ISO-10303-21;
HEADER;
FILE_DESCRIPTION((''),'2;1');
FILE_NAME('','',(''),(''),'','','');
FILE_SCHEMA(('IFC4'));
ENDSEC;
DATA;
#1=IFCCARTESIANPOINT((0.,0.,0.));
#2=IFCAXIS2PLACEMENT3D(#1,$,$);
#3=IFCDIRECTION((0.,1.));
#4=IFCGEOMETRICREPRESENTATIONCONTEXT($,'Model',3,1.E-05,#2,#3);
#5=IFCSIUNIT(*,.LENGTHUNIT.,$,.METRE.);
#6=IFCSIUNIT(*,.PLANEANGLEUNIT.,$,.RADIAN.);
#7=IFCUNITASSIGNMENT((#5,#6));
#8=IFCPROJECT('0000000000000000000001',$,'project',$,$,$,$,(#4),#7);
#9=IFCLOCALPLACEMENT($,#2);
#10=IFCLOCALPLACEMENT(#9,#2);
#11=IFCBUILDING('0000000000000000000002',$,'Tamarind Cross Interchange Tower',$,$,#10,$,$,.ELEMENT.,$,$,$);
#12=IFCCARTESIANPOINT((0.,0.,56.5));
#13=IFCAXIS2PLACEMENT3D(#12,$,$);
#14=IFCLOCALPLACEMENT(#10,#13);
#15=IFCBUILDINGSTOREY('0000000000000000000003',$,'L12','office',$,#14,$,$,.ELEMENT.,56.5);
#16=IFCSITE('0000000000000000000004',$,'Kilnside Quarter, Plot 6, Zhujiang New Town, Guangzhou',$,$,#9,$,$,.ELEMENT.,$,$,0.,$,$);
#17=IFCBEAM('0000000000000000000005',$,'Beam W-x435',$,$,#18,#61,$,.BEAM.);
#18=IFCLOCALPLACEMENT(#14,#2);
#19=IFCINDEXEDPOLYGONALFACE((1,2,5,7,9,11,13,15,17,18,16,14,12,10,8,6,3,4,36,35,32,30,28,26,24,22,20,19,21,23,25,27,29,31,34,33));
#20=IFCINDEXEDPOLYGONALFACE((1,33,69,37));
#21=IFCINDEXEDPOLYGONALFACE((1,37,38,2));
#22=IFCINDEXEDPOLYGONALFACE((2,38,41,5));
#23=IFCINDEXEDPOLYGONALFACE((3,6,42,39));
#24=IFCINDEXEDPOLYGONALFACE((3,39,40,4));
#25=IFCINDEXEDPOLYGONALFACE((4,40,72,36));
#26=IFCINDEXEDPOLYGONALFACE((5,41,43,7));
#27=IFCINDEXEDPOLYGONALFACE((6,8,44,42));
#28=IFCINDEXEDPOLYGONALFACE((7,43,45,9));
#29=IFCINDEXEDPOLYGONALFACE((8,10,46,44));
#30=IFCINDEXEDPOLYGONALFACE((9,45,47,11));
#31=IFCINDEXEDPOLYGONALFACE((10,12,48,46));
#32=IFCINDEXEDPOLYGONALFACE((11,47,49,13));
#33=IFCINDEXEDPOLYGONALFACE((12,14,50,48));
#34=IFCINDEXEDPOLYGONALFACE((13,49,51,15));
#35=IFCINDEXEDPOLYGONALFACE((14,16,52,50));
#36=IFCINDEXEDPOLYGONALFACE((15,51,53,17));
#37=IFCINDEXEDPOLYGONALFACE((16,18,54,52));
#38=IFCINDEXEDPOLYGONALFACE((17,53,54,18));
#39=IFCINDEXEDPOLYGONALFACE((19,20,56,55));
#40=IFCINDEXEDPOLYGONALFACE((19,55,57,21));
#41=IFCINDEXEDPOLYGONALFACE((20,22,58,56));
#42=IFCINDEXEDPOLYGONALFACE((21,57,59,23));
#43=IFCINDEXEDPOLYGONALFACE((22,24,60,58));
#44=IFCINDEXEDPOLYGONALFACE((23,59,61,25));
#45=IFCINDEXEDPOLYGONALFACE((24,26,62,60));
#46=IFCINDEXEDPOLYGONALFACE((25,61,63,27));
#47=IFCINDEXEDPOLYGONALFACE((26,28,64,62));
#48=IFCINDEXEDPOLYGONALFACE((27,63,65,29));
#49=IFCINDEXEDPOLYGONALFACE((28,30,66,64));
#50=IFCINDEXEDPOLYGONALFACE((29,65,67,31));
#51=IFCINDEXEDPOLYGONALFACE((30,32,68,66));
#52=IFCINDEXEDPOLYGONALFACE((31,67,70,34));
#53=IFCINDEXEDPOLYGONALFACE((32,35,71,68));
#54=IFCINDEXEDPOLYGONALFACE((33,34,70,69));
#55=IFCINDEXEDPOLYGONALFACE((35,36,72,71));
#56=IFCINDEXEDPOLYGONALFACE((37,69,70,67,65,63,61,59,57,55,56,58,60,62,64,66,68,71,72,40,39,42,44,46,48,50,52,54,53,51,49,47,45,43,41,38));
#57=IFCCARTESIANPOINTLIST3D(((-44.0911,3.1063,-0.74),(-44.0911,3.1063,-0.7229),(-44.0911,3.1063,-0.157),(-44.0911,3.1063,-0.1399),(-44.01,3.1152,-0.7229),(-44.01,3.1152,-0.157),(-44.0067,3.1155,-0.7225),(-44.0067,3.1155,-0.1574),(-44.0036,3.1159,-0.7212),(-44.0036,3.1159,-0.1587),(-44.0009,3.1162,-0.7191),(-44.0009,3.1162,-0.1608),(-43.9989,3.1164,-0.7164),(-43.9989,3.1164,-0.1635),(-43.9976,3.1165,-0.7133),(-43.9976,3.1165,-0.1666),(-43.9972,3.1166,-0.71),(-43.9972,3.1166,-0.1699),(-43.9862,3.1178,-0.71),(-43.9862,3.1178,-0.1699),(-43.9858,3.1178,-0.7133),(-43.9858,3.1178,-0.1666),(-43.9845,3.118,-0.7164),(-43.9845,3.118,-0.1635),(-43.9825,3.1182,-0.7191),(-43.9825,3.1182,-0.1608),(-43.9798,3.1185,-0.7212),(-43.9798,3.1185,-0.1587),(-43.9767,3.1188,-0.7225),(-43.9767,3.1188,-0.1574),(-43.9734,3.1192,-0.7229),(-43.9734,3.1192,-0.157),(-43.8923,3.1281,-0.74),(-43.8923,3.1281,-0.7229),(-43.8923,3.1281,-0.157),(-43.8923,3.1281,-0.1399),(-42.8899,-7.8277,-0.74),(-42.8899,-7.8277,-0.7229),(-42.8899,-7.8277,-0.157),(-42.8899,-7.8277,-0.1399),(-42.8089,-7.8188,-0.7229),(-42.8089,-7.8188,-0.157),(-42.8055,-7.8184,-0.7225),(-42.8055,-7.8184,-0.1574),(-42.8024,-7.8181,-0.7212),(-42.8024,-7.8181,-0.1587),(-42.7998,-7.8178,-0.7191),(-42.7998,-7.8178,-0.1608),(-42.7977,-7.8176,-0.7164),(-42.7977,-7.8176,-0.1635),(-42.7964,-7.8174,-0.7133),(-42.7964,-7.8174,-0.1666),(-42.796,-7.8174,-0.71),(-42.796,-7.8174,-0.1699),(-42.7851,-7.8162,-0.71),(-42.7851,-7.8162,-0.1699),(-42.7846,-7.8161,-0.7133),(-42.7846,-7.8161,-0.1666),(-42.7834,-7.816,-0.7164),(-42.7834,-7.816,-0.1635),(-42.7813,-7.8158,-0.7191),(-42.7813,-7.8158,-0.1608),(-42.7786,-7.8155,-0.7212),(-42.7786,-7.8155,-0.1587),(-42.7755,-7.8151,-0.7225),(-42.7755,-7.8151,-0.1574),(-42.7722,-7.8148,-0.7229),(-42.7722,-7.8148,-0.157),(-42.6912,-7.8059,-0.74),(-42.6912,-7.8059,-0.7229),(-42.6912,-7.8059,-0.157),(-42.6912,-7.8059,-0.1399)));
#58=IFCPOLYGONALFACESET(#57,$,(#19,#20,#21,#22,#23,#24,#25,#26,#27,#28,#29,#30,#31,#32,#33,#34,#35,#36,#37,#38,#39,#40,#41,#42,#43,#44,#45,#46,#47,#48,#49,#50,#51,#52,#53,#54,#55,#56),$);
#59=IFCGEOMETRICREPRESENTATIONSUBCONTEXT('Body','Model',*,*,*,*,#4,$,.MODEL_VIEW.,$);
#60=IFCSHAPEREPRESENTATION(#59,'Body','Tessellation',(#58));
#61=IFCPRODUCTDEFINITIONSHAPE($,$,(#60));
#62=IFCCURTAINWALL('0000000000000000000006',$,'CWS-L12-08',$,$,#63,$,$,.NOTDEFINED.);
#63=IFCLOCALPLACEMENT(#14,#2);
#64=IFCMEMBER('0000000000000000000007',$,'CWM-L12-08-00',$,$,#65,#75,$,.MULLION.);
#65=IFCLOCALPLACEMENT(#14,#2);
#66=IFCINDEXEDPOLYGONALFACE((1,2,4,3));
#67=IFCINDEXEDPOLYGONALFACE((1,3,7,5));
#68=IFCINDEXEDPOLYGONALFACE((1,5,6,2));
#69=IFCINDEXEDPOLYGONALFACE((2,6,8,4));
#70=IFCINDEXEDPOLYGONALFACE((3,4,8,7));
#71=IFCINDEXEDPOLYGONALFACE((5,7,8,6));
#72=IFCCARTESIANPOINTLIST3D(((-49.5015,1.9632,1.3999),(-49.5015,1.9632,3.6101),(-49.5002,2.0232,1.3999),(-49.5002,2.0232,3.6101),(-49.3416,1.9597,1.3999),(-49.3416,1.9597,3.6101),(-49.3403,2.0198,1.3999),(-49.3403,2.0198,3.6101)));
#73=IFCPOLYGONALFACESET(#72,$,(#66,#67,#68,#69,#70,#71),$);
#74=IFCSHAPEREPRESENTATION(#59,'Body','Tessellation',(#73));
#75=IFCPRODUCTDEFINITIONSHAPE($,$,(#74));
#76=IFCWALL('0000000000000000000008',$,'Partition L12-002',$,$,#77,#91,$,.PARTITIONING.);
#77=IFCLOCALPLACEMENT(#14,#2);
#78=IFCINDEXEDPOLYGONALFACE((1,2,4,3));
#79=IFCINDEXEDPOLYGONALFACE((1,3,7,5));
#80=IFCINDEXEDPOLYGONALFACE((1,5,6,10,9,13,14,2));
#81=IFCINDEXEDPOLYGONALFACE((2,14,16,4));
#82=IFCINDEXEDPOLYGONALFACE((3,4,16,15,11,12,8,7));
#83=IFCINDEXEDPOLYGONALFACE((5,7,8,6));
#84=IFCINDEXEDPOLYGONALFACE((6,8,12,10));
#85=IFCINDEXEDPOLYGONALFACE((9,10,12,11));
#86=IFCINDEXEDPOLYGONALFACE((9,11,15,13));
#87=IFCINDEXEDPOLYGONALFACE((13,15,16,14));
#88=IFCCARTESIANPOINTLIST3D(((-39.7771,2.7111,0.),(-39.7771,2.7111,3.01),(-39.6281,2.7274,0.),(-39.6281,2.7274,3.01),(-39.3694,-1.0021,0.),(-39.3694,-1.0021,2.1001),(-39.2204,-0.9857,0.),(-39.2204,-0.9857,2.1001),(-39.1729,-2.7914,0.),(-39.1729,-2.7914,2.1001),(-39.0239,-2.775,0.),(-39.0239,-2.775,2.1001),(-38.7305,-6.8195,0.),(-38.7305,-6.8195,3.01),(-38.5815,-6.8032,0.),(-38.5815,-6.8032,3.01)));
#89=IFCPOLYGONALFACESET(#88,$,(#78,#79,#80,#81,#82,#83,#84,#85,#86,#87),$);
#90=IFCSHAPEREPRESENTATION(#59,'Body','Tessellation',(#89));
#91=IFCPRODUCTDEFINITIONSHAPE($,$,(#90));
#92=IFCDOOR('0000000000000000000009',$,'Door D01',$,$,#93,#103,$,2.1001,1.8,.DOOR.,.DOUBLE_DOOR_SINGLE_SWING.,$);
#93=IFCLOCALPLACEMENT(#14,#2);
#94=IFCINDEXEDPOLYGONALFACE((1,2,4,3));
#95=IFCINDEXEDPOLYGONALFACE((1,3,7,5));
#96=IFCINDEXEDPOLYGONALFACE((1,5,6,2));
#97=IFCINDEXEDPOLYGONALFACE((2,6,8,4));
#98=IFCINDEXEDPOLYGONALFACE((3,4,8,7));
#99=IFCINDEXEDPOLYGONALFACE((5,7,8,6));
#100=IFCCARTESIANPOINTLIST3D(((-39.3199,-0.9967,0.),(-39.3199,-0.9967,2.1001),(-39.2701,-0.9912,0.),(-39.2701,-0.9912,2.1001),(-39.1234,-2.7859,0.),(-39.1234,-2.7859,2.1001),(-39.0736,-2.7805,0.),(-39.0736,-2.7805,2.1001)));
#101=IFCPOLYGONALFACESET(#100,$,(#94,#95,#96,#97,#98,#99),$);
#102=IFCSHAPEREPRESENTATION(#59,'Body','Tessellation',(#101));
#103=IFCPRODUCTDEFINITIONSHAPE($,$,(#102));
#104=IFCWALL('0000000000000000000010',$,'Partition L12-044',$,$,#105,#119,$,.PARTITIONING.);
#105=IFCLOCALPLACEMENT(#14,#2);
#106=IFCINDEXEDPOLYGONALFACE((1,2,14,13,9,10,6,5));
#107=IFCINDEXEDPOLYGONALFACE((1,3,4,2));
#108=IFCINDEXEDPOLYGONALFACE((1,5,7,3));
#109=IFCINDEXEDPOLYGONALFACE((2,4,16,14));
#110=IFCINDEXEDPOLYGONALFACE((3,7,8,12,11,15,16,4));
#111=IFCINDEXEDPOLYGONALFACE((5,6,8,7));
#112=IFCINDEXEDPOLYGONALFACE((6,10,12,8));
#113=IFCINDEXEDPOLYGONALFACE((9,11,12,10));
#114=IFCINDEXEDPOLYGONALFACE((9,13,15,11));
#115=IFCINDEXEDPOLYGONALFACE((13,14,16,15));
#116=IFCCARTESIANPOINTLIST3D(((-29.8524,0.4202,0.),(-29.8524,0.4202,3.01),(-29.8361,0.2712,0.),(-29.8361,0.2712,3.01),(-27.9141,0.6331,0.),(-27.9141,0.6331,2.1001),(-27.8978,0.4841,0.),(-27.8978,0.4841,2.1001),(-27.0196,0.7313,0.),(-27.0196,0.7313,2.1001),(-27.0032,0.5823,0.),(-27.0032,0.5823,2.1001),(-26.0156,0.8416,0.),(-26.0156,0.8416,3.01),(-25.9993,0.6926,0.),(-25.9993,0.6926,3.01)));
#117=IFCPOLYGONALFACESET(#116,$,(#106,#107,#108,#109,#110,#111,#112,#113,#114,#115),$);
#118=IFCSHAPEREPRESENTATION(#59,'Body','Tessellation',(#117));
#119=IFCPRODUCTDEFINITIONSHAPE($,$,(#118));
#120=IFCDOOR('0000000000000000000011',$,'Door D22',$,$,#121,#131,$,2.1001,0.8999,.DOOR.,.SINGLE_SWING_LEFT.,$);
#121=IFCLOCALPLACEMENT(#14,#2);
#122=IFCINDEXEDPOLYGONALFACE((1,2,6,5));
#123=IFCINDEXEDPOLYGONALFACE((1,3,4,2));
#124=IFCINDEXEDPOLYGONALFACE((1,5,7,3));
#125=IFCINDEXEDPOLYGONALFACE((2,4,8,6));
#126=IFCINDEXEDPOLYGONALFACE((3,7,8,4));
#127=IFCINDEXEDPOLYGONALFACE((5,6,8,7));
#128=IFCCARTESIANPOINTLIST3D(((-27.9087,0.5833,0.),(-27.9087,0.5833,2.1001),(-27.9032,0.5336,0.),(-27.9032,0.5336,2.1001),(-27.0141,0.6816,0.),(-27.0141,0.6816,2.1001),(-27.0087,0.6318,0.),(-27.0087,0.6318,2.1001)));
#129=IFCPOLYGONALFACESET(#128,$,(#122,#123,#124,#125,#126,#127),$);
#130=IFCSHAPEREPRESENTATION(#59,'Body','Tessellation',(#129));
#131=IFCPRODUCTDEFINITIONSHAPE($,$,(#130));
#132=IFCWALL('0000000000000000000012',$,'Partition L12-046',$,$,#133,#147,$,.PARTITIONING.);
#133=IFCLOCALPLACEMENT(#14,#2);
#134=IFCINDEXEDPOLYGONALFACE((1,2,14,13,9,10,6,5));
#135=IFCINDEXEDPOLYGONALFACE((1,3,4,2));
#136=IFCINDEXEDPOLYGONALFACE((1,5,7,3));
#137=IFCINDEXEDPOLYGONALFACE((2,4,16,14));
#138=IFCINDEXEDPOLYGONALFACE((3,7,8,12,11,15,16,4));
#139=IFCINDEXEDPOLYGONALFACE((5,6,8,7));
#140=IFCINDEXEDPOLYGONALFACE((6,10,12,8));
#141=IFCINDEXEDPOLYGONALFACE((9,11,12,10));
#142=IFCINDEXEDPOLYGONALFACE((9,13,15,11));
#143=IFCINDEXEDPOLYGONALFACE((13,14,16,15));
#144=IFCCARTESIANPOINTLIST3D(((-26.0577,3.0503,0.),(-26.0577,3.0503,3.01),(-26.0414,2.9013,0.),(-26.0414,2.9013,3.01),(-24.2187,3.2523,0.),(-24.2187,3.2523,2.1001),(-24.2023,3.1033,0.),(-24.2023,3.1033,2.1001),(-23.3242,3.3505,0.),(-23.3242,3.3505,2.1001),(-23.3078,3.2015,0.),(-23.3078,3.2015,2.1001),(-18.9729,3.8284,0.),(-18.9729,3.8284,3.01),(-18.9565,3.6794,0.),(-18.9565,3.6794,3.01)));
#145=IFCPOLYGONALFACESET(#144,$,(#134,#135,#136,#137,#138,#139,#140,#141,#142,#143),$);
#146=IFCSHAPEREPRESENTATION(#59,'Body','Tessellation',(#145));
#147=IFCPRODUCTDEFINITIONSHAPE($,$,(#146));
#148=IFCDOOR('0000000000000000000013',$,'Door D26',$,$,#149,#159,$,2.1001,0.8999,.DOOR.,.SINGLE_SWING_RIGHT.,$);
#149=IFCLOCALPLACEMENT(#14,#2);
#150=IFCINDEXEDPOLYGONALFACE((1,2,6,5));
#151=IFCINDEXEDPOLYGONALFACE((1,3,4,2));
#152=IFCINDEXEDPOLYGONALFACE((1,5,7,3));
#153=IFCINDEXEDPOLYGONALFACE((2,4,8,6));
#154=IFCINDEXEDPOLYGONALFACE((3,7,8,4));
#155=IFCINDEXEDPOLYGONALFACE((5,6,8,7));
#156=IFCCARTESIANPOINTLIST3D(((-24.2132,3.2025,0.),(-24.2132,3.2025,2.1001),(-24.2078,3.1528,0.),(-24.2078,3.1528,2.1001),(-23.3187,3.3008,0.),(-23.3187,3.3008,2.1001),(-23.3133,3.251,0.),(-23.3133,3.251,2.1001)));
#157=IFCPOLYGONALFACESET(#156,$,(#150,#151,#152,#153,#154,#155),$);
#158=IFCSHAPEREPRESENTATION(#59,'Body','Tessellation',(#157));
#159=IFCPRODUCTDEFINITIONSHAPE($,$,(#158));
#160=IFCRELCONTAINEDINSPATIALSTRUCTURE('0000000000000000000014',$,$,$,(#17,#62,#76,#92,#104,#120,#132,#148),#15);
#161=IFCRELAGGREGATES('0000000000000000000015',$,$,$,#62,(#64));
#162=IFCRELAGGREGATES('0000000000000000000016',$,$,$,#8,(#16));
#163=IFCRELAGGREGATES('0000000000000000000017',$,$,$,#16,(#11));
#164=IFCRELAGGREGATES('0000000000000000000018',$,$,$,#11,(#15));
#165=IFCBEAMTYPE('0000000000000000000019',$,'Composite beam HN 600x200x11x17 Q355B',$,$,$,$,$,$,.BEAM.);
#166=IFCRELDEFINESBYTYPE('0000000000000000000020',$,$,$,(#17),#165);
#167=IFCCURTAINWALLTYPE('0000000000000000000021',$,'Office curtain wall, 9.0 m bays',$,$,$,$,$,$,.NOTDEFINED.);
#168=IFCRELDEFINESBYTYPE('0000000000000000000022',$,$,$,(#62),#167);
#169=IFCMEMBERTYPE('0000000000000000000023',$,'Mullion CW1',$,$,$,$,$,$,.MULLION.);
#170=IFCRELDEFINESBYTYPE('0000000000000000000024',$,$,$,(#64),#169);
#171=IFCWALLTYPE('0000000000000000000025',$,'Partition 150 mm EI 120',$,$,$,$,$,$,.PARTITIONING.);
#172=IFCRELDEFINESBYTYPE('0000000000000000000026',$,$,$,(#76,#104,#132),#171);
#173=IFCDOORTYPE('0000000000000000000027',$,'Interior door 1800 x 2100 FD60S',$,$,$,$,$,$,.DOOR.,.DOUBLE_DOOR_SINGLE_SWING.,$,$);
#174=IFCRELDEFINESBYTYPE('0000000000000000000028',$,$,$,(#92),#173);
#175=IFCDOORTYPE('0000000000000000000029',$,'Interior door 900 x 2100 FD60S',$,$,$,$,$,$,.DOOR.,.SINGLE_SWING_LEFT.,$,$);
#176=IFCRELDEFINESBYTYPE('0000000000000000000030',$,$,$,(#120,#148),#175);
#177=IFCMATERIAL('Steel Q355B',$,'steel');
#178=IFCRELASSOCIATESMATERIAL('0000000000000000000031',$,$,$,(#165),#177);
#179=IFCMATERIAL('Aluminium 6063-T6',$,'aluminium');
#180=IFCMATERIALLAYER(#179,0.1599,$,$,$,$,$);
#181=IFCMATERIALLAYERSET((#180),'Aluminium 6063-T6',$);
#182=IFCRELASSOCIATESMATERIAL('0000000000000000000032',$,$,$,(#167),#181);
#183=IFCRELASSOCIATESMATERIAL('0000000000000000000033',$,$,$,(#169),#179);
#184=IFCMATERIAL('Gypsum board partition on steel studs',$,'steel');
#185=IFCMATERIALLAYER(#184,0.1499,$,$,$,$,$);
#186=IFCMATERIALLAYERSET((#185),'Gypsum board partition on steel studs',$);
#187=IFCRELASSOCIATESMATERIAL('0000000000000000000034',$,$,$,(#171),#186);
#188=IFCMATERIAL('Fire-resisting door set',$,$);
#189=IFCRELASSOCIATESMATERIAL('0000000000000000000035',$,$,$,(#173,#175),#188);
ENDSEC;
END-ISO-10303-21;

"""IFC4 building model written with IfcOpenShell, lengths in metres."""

from ifc_helpers import new_model, si_unit, direction, frame, frame_2d, origin, origin_2d, place, context, subcontext, project, spatial, rectangle, i_section, extrude, material, layer, layer_set, material_profile, profile_set, type_object, element, fill, aggregate, save


model = new_model("IFC4")

# Units and contexts
model_context = context("Model", 3, precision=1e-05, world=origin(), true_north=direction((0.0, 1.0)))
body_context = subcontext(model_context, "Body", "Model", "MODEL_VIEW")
ifc_project = project(units=[si_unit("LENGTHUNIT", "METRE"), si_unit("PLANEANGLEUNIT", "RADIAN")], contexts=[model_context])

# Site, building, storey
site_placement = place(None, origin())
site = spatial("IfcSite", under=ifc_project, at=site_placement, Name="Kilnside Quarter, Plot 6, Zhujiang New Town, Guangzhou", CompositionType="ELEMENT", RefElevation=0.0)
building_placement = place(site_placement, origin())
building = spatial("IfcBuilding", under=site, at=building_placement, Name="Tamarind Cross Interchange Tower", CompositionType="ELEMENT")
storey_placement = place(building_placement, frame((0.0, 0.0, 56.5)))
storey = spatial("IfcBuildingStorey", under=building, at=storey_placement, Name="L12", Description="office", CompositionType="ELEMENT", Elevation=56.5)

# Beam
ifc_material_1 = material(Name="Steel Q355B", Category="steel")
ifc_material_profile_1 = material_profile(ifc_material_1, i_section(OverallWidth=0.2, OverallDepth=0.6001, WebThickness=0.011, FlangeThickness=0.0171, FilletRadius=0.0129, at=origin_2d()), Name="HN 600x200x11x17")
ifc_profile_set_1 = profile_set([ifc_material_profile_1], Name="Steel Q355B")
beam_type_1 = type_object("IfcBeamType", Name="Composite beam HN 600x200x11x17 Q355B", PredefinedType="BEAM", material=ifc_profile_set_1)
beam_1_placement = place(storey_placement, frame((-43.9917, 3.1172, -0.4399), z_axis=(0.109199, -0.99402, 0.0), x_axis=(0.99402, 0.109199, 0.0)))
element("IfcBeam", 1, at=beam_1_placement, inside=storey, type_object=beam_type_1, Name="Beam W-x435", PredefinedType="BEAM", context=body_context, shape_type="SweptSolid", body=[
    extrude(i_section(OverallWidth=0.2, OverallDepth=0.6001, WebThickness=0.011, FlangeThickness=0.0171, FilletRadius=0.0129, at=origin_2d()), origin(), (0.0, 0.0, 1.0), 10.9998),
])

# Curtain wall, member
ifc_material_2 = material(Name="Aluminium 6063-T6", Category="aluminium")
ifc_layer_1 = layer(ifc_material_2, 0.1599)
ifc_layer_set_1 = layer_set([ifc_layer_1], Name="Aluminium 6063-T6")
curtain_wall_type = type_object("IfcCurtainWallType", Name="Office curtain wall, 9.0 m bays", PredefinedType="NOTDEFINED", material=ifc_layer_set_1)
curtain_wall_placement = place(storey_placement, origin())
curtain_wall = element("IfcCurtainWall", 2, at=curtain_wall_placement, inside=storey, type_object=curtain_wall_type, Name="CWS-L12-08", PredefinedType="NOTDEFINED")
ifc_material_profile_2 = material_profile(ifc_material_2, rectangle(XDim=0.0601, YDim=0.1599, at=origin_2d()), Name="Mullion CW1")
ifc_profile_set_2 = profile_set([ifc_material_profile_2], Name="Aluminium 6063-T6")
member_type = type_object("IfcMemberType", Name="Mullion CW1", PredefinedType="MULLION", material=ifc_profile_set_2)
member_placement = place(storey_placement, frame((-49.4209, 1.9915, 1.3999), z_axis=(0.0, 0.0, 1.0), x_axis=(-0.021487, -0.999769, 0.0)))
member = element("IfcMember", 3, at=member_placement, type_object=member_type, Name="CWM-L12-08-00", PredefinedType="MULLION", context=body_context, shape_type="SweptSolid", body=[
    extrude(rectangle(XDim=0.0601, YDim=0.1599, at=origin_2d()), origin(), (0.0, 0.0, 1.0), 2.2102),
])
aggregate(curtain_wall, [member])

# Walls, openings, doors
ifc_material_3 = material(Name="Gypsum board partition on steel studs", Category="steel")
ifc_layer_2 = layer(ifc_material_3, 0.1499)
ifc_layer_set_2 = layer_set([ifc_layer_2], Name="Gypsum board partition on steel studs")
wall_type_1 = type_object("IfcWallType", Name="Partition 150 mm EI 120", PredefinedType="PARTITIONING", material=ifc_layer_set_2)
wall_1_placement = place(storey_placement, frame((-39.7026, 2.7192, 0.0), z_axis=(0.0, 0.0, 1.0), x_axis=(0.109163, -0.994024, 0.0)))
wall_1 = element("IfcWall", 4, at=wall_1_placement, inside=storey, type_object=wall_type_1, Name="Partition L12-002", PredefinedType="PARTITIONING", context=body_context, shape_type="SweptSolid", body=[
    extrude(rectangle(XDim=9.5879, YDim=0.1499, at=frame_2d((4.7939, 0.0))), origin(), (0.0, 0.0, 1.0), 3.01),
])
opening_1_placement = place(wall_1_placement, frame((3.7356, 0.0, 0.0)))
opening_1 = element("IfcOpeningElement", 5, at=opening_1_placement, cuts=wall_1, PredefinedType="OPENING", context=body_context, shape_type="SweptSolid", body=[
    extrude(rectangle(XDim=1.8, YDim=2.1001, at=frame_2d((0.8999, 1.05))), frame((0.0, 0.085, 0.0), z_axis=(0.0, -1.0, 0.0), x_axis=(1.0, 0.0, 0.0)), (0.0, 0.0, 1.0), 0.1699),
])
ifc_material_4 = material(Name="Fire-resisting door set")
door_type_1 = type_object("IfcDoorType", Name="Interior door 1800 x 2100 FD60S", OperationType="DOUBLE_DOOR_SINGLE_SWING", PredefinedType="DOOR", material=ifc_material_4)
door_1_placement = place(opening_1_placement, origin())
door_1 = element("IfcDoor", 6, at=door_1_placement, inside=storey, type_object=door_type_1, Name="Door D01", OperationType="DOUBLE_DOOR_SINGLE_SWING", OverallHeight=2.1001, OverallWidth=1.8, PredefinedType="DOOR", context=body_context, shape_type="SweptSolid", body=[
    extrude(rectangle(XDim=1.8, YDim=2.1001, at=frame_2d((0.8999, 1.05))), frame((0.0, 0.0249, 0.0), z_axis=(0.0, -1.0, 0.0), x_axis=(1.0, 0.0, 0.0)), (0.0, 0.0, 1.0), 0.05),
])
fill(opening_1, door_1)
wall_2_placement = place(storey_placement, frame((-29.8442, 0.3457, 0.0), z_axis=(0.0, 0.0, 1.0), x_axis=(0.994023, 0.109168, 0.0)))
wall_2 = element("IfcWall", 7, at=wall_2_placement, inside=storey, type_object=wall_type_1, Name="Partition L12-044", PredefinedType="PARTITIONING", context=body_context, shape_type="SweptSolid", body=[
    extrude(rectangle(XDim=3.8599, YDim=0.1499, at=frame_2d((1.9299, 0.0))), origin(), (0.0, 0.0, 1.0), 3.01),
])
opening_2_placement = place(wall_2_placement, frame((1.95, 0.0, 0.0)))
opening_2 = element("IfcOpeningElement", 8, at=opening_2_placement, cuts=wall_2, PredefinedType="OPENING", context=body_context, shape_type="SweptSolid", body=[
    extrude(rectangle(XDim=0.8999, YDim=2.1001, at=frame_2d((0.45, 1.05))), frame((0.0, 0.085, 0.0), z_axis=(0.0, -1.0, 0.0), x_axis=(1.0, 0.0, 0.0)), (0.0, 0.0, 1.0), 0.1699),
])
door_type_2 = type_object("IfcDoorType", Name="Interior door 900 x 2100 FD60S", OperationType="SINGLE_SWING_LEFT", PredefinedType="DOOR", material=ifc_material_4)
door_2_placement = place(opening_2_placement, origin())
door_2 = element("IfcDoor", 9, at=door_2_placement, inside=storey, type_object=door_type_2, Name="Door D22", OperationType="SINGLE_SWING_LEFT", OverallHeight=2.1001, OverallWidth=0.8999, PredefinedType="DOOR", context=body_context, shape_type="SweptSolid", body=[
    extrude(rectangle(XDim=0.8999, YDim=2.1001, at=frame_2d((0.45, 1.05))), frame((0.0, 0.0249, 0.0), z_axis=(0.0, -1.0, 0.0), x_axis=(1.0, 0.0, 0.0)), (0.0, 0.0, 1.0), 0.05),
])
fill(opening_2, door_2)
wall_3_placement = place(storey_placement, frame((-26.0496, 2.9758, 0.0), z_axis=(0.0, 0.0, 1.0), x_axis=(0.994024, 0.109164, 0.0)))
wall_3 = element("IfcWall", 10, at=wall_3_placement, inside=storey, type_object=wall_type_1, Name="Partition L12-046", PredefinedType="PARTITIONING", context=body_context, shape_type="SweptSolid", body=[
    extrude(rectangle(XDim=7.1274, YDim=0.1499, at=frame_2d((3.5637, 0.0))), origin(), (0.0, 0.0, 1.0), 3.01),
])
opening_3_placement = place(wall_3_placement, frame((1.8501, 0.0, 0.0)))
opening_3 = element("IfcOpeningElement", 11, at=opening_3_placement, cuts=wall_3, PredefinedType="OPENING", context=body_context, shape_type="SweptSolid", body=[
    extrude(rectangle(XDim=0.8999, YDim=2.1001, at=frame_2d((0.45, 1.05))), frame((0.0, 0.085, 0.0), z_axis=(0.0, -1.0, 0.0), x_axis=(1.0, 0.0, 0.0)), (0.0, 0.0, 1.0), 0.1699),
])
door_3_placement = place(opening_3_placement, origin())
door_3 = element("IfcDoor", 12, at=door_3_placement, inside=storey, type_object=door_type_2, Name="Door D26", OperationType="SINGLE_SWING_RIGHT", OverallHeight=2.1001, OverallWidth=0.8999, PredefinedType="DOOR", context=body_context, shape_type="SweptSolid", body=[
    extrude(rectangle(XDim=0.8999, YDim=2.1001, at=frame_2d((0.45, 1.05))), frame((0.0, 0.0249, 0.0), z_axis=(0.0, -1.0, 0.0), x_axis=(1.0, 0.0, 0.0)), (0.0, 0.0, 1.0), 0.05),
])
fill(opening_3, door_3)

save(model, "model.ifc")
